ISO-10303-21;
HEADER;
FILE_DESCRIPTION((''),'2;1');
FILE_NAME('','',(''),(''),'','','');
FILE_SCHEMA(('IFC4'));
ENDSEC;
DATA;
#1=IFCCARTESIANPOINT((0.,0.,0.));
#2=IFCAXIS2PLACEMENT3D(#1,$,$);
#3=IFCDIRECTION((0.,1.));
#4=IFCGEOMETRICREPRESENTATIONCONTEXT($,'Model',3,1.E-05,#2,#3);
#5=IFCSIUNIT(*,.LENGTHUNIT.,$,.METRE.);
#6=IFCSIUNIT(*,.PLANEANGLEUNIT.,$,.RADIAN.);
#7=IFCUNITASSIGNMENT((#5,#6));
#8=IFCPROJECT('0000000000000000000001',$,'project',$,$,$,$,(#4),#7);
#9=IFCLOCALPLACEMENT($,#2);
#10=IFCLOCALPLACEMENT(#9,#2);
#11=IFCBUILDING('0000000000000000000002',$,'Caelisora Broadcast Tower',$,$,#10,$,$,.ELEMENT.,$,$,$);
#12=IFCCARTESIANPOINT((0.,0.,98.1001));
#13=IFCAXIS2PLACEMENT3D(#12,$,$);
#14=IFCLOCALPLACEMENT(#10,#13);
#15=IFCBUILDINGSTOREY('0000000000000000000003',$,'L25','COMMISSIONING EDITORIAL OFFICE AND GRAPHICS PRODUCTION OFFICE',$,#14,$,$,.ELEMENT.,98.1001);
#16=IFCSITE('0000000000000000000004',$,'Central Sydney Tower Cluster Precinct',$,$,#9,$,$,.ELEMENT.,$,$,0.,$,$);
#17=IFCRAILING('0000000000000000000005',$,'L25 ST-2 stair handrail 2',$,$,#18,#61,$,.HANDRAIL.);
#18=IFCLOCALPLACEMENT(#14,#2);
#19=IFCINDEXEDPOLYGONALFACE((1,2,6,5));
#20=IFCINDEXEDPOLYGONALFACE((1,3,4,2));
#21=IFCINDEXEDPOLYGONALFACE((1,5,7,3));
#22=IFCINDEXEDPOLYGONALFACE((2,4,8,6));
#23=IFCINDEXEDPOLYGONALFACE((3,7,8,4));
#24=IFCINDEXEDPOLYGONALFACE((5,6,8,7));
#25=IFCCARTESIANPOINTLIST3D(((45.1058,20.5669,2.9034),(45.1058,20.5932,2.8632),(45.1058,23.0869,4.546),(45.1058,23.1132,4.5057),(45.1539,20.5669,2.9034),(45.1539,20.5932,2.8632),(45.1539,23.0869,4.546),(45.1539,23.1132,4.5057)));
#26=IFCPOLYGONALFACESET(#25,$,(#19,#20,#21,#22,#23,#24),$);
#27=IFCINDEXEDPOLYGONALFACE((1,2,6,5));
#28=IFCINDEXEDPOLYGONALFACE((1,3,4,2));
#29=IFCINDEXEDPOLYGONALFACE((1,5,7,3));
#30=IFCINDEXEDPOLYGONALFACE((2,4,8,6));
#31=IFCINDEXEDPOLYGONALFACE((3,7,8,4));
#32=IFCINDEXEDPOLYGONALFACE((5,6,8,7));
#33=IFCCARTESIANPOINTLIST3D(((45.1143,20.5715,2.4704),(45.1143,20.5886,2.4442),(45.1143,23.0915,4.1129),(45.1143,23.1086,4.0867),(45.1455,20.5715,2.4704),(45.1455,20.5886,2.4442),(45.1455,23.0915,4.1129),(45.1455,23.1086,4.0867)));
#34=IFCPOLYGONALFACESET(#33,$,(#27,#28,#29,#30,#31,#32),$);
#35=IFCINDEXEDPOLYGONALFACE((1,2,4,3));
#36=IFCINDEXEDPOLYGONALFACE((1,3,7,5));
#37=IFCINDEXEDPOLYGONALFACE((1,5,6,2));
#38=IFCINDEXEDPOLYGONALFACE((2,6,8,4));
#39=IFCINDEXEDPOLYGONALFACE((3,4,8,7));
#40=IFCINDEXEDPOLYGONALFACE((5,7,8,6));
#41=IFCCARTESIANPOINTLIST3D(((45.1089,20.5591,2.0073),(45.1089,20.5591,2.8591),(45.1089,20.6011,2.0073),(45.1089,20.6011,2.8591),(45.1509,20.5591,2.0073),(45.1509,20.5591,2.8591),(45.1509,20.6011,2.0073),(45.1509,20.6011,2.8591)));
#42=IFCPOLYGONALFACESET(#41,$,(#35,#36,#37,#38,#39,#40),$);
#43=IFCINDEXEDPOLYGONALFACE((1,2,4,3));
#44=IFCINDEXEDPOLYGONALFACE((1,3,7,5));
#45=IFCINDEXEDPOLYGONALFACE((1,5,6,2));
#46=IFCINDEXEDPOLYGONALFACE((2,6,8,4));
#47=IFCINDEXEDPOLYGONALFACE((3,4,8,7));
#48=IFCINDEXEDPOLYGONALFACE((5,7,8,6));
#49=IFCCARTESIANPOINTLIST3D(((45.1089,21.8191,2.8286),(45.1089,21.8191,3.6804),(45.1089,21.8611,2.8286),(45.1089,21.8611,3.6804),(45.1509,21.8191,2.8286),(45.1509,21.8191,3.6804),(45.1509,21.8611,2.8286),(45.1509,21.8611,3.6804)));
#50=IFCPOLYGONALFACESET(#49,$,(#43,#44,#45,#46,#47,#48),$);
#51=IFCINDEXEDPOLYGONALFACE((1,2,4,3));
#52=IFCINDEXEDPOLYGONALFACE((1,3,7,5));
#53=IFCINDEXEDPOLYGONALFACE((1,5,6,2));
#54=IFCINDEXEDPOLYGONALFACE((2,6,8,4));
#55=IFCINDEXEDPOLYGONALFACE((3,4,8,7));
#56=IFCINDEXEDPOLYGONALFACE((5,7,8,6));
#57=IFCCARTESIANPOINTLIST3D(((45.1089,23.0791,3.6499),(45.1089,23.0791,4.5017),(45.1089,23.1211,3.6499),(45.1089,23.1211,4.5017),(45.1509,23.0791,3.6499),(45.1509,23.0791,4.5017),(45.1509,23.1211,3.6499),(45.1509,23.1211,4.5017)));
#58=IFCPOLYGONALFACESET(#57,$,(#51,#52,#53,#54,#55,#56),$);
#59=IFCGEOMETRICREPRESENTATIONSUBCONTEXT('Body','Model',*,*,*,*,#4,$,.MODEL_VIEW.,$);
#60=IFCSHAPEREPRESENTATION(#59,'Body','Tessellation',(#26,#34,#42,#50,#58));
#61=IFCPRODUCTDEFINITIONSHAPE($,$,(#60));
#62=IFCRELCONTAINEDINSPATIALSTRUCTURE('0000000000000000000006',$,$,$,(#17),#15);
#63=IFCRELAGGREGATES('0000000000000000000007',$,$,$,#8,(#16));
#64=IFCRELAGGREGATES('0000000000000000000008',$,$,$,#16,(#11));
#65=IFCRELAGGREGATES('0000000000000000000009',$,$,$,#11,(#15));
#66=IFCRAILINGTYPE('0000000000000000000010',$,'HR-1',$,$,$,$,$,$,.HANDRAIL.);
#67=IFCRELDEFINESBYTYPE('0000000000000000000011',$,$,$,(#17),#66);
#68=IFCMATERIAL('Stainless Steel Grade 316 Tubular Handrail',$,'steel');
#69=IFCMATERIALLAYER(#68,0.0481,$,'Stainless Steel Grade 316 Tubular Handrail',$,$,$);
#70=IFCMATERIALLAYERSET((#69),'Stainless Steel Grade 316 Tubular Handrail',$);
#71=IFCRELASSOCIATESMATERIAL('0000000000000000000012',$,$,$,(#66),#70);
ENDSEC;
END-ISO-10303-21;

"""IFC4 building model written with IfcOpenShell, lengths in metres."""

from ifc_helpers import new_model, si_unit, direction, frame, origin, origin_2d, place, context, subcontext, project, spatial, rectangle, extrude, material, layer, layer_set, type_object, element, save


model = new_model("IFC4")

# Units and contexts
model_context = context("Model", 3, precision=1e-05, world=origin(), true_north=direction((0.0, 1.0)))
body_context = subcontext(model_context, "Body", "Model", "MODEL_VIEW")
ifc_project = project(units=[si_unit("LENGTHUNIT", "METRE"), si_unit("PLANEANGLEUNIT", "RADIAN")], contexts=[model_context])

# Site, building, storey
site_placement = place(None, origin())
site = spatial("IfcSite", under=ifc_project, at=site_placement, Name="Central Sydney Tower Cluster Precinct", CompositionType="ELEMENT", RefElevation=0.0)
building_placement = place(site_placement, origin())
building = spatial("IfcBuilding", under=site, at=building_placement, Name="Caelisora Broadcast Tower", CompositionType="ELEMENT")
storey_placement = place(building_placement, frame((0.0, 0.0, 98.1001)))
storey = spatial("IfcBuildingStorey", under=building, at=storey_placement, Name="L25", Description="COMMISSIONING EDITORIAL OFFICE AND GRAPHICS PRODUCTION OFFICE", CompositionType="ELEMENT", Elevation=98.1001)

# Railing
ifc_material_1 = material(Name="Stainless Steel Grade 316 Tubular Handrail", Category="steel")
ifc_layer_1 = layer(ifc_material_1, 0.0481, Name="Stainless Steel Grade 316 Tubular Handrail")
ifc_layer_set_1 = layer_set([ifc_layer_1], Name="Stainless Steel Grade 316 Tubular Handrail")
railing_type_1 = type_object("IfcRailingType", Name="HR-1", PredefinedType="HANDRAIL", material=ifc_layer_set_1)
railing_1_placement = place(storey_placement, frame((45.1299, 20.5801, 2.0073)))
element("IfcRailing", 1, at=railing_1_placement, inside=storey, type_object=railing_type_1, Name="L25 ST-2 stair handrail 2", PredefinedType="HANDRAIL", context=body_context, shape_type="SweptSolid", body=[
    extrude(rectangle(XDim=0.0481, YDim=0.0481, at=origin_2d()), frame((0.0, 0.0, 0.876), z_axis=(0.0, 0.837749, 0.546055), x_axis=(-1.0, 0.0, 0.0)), (0.0, 0.0, 1.0), 3.0081),
    extrude(rectangle(XDim=0.0312, YDim=0.0312, at=origin_2d()), frame((0.0, 0.0, 0.45), z_axis=(0.0, 0.837749, 0.546055), x_axis=(-1.0, 0.0, 0.0)), (0.0, 0.0, 1.0), 3.0081),
    extrude(rectangle(XDim=0.042, YDim=0.042, at=origin_2d()), origin(), (0.0, 0.0, 1.0), 0.8518),
    extrude(rectangle(XDim=0.042, YDim=0.042, at=origin_2d()), frame((0.0, 1.26, 0.8213)), (0.0, 0.0, 1.0), 0.8518),
    extrude(rectangle(XDim=0.042, YDim=0.042, at=origin_2d()), frame((0.0, 2.52, 1.6426)), (0.0, 0.0, 1.0), 0.8518),
])

save(model, "model.ifc")
